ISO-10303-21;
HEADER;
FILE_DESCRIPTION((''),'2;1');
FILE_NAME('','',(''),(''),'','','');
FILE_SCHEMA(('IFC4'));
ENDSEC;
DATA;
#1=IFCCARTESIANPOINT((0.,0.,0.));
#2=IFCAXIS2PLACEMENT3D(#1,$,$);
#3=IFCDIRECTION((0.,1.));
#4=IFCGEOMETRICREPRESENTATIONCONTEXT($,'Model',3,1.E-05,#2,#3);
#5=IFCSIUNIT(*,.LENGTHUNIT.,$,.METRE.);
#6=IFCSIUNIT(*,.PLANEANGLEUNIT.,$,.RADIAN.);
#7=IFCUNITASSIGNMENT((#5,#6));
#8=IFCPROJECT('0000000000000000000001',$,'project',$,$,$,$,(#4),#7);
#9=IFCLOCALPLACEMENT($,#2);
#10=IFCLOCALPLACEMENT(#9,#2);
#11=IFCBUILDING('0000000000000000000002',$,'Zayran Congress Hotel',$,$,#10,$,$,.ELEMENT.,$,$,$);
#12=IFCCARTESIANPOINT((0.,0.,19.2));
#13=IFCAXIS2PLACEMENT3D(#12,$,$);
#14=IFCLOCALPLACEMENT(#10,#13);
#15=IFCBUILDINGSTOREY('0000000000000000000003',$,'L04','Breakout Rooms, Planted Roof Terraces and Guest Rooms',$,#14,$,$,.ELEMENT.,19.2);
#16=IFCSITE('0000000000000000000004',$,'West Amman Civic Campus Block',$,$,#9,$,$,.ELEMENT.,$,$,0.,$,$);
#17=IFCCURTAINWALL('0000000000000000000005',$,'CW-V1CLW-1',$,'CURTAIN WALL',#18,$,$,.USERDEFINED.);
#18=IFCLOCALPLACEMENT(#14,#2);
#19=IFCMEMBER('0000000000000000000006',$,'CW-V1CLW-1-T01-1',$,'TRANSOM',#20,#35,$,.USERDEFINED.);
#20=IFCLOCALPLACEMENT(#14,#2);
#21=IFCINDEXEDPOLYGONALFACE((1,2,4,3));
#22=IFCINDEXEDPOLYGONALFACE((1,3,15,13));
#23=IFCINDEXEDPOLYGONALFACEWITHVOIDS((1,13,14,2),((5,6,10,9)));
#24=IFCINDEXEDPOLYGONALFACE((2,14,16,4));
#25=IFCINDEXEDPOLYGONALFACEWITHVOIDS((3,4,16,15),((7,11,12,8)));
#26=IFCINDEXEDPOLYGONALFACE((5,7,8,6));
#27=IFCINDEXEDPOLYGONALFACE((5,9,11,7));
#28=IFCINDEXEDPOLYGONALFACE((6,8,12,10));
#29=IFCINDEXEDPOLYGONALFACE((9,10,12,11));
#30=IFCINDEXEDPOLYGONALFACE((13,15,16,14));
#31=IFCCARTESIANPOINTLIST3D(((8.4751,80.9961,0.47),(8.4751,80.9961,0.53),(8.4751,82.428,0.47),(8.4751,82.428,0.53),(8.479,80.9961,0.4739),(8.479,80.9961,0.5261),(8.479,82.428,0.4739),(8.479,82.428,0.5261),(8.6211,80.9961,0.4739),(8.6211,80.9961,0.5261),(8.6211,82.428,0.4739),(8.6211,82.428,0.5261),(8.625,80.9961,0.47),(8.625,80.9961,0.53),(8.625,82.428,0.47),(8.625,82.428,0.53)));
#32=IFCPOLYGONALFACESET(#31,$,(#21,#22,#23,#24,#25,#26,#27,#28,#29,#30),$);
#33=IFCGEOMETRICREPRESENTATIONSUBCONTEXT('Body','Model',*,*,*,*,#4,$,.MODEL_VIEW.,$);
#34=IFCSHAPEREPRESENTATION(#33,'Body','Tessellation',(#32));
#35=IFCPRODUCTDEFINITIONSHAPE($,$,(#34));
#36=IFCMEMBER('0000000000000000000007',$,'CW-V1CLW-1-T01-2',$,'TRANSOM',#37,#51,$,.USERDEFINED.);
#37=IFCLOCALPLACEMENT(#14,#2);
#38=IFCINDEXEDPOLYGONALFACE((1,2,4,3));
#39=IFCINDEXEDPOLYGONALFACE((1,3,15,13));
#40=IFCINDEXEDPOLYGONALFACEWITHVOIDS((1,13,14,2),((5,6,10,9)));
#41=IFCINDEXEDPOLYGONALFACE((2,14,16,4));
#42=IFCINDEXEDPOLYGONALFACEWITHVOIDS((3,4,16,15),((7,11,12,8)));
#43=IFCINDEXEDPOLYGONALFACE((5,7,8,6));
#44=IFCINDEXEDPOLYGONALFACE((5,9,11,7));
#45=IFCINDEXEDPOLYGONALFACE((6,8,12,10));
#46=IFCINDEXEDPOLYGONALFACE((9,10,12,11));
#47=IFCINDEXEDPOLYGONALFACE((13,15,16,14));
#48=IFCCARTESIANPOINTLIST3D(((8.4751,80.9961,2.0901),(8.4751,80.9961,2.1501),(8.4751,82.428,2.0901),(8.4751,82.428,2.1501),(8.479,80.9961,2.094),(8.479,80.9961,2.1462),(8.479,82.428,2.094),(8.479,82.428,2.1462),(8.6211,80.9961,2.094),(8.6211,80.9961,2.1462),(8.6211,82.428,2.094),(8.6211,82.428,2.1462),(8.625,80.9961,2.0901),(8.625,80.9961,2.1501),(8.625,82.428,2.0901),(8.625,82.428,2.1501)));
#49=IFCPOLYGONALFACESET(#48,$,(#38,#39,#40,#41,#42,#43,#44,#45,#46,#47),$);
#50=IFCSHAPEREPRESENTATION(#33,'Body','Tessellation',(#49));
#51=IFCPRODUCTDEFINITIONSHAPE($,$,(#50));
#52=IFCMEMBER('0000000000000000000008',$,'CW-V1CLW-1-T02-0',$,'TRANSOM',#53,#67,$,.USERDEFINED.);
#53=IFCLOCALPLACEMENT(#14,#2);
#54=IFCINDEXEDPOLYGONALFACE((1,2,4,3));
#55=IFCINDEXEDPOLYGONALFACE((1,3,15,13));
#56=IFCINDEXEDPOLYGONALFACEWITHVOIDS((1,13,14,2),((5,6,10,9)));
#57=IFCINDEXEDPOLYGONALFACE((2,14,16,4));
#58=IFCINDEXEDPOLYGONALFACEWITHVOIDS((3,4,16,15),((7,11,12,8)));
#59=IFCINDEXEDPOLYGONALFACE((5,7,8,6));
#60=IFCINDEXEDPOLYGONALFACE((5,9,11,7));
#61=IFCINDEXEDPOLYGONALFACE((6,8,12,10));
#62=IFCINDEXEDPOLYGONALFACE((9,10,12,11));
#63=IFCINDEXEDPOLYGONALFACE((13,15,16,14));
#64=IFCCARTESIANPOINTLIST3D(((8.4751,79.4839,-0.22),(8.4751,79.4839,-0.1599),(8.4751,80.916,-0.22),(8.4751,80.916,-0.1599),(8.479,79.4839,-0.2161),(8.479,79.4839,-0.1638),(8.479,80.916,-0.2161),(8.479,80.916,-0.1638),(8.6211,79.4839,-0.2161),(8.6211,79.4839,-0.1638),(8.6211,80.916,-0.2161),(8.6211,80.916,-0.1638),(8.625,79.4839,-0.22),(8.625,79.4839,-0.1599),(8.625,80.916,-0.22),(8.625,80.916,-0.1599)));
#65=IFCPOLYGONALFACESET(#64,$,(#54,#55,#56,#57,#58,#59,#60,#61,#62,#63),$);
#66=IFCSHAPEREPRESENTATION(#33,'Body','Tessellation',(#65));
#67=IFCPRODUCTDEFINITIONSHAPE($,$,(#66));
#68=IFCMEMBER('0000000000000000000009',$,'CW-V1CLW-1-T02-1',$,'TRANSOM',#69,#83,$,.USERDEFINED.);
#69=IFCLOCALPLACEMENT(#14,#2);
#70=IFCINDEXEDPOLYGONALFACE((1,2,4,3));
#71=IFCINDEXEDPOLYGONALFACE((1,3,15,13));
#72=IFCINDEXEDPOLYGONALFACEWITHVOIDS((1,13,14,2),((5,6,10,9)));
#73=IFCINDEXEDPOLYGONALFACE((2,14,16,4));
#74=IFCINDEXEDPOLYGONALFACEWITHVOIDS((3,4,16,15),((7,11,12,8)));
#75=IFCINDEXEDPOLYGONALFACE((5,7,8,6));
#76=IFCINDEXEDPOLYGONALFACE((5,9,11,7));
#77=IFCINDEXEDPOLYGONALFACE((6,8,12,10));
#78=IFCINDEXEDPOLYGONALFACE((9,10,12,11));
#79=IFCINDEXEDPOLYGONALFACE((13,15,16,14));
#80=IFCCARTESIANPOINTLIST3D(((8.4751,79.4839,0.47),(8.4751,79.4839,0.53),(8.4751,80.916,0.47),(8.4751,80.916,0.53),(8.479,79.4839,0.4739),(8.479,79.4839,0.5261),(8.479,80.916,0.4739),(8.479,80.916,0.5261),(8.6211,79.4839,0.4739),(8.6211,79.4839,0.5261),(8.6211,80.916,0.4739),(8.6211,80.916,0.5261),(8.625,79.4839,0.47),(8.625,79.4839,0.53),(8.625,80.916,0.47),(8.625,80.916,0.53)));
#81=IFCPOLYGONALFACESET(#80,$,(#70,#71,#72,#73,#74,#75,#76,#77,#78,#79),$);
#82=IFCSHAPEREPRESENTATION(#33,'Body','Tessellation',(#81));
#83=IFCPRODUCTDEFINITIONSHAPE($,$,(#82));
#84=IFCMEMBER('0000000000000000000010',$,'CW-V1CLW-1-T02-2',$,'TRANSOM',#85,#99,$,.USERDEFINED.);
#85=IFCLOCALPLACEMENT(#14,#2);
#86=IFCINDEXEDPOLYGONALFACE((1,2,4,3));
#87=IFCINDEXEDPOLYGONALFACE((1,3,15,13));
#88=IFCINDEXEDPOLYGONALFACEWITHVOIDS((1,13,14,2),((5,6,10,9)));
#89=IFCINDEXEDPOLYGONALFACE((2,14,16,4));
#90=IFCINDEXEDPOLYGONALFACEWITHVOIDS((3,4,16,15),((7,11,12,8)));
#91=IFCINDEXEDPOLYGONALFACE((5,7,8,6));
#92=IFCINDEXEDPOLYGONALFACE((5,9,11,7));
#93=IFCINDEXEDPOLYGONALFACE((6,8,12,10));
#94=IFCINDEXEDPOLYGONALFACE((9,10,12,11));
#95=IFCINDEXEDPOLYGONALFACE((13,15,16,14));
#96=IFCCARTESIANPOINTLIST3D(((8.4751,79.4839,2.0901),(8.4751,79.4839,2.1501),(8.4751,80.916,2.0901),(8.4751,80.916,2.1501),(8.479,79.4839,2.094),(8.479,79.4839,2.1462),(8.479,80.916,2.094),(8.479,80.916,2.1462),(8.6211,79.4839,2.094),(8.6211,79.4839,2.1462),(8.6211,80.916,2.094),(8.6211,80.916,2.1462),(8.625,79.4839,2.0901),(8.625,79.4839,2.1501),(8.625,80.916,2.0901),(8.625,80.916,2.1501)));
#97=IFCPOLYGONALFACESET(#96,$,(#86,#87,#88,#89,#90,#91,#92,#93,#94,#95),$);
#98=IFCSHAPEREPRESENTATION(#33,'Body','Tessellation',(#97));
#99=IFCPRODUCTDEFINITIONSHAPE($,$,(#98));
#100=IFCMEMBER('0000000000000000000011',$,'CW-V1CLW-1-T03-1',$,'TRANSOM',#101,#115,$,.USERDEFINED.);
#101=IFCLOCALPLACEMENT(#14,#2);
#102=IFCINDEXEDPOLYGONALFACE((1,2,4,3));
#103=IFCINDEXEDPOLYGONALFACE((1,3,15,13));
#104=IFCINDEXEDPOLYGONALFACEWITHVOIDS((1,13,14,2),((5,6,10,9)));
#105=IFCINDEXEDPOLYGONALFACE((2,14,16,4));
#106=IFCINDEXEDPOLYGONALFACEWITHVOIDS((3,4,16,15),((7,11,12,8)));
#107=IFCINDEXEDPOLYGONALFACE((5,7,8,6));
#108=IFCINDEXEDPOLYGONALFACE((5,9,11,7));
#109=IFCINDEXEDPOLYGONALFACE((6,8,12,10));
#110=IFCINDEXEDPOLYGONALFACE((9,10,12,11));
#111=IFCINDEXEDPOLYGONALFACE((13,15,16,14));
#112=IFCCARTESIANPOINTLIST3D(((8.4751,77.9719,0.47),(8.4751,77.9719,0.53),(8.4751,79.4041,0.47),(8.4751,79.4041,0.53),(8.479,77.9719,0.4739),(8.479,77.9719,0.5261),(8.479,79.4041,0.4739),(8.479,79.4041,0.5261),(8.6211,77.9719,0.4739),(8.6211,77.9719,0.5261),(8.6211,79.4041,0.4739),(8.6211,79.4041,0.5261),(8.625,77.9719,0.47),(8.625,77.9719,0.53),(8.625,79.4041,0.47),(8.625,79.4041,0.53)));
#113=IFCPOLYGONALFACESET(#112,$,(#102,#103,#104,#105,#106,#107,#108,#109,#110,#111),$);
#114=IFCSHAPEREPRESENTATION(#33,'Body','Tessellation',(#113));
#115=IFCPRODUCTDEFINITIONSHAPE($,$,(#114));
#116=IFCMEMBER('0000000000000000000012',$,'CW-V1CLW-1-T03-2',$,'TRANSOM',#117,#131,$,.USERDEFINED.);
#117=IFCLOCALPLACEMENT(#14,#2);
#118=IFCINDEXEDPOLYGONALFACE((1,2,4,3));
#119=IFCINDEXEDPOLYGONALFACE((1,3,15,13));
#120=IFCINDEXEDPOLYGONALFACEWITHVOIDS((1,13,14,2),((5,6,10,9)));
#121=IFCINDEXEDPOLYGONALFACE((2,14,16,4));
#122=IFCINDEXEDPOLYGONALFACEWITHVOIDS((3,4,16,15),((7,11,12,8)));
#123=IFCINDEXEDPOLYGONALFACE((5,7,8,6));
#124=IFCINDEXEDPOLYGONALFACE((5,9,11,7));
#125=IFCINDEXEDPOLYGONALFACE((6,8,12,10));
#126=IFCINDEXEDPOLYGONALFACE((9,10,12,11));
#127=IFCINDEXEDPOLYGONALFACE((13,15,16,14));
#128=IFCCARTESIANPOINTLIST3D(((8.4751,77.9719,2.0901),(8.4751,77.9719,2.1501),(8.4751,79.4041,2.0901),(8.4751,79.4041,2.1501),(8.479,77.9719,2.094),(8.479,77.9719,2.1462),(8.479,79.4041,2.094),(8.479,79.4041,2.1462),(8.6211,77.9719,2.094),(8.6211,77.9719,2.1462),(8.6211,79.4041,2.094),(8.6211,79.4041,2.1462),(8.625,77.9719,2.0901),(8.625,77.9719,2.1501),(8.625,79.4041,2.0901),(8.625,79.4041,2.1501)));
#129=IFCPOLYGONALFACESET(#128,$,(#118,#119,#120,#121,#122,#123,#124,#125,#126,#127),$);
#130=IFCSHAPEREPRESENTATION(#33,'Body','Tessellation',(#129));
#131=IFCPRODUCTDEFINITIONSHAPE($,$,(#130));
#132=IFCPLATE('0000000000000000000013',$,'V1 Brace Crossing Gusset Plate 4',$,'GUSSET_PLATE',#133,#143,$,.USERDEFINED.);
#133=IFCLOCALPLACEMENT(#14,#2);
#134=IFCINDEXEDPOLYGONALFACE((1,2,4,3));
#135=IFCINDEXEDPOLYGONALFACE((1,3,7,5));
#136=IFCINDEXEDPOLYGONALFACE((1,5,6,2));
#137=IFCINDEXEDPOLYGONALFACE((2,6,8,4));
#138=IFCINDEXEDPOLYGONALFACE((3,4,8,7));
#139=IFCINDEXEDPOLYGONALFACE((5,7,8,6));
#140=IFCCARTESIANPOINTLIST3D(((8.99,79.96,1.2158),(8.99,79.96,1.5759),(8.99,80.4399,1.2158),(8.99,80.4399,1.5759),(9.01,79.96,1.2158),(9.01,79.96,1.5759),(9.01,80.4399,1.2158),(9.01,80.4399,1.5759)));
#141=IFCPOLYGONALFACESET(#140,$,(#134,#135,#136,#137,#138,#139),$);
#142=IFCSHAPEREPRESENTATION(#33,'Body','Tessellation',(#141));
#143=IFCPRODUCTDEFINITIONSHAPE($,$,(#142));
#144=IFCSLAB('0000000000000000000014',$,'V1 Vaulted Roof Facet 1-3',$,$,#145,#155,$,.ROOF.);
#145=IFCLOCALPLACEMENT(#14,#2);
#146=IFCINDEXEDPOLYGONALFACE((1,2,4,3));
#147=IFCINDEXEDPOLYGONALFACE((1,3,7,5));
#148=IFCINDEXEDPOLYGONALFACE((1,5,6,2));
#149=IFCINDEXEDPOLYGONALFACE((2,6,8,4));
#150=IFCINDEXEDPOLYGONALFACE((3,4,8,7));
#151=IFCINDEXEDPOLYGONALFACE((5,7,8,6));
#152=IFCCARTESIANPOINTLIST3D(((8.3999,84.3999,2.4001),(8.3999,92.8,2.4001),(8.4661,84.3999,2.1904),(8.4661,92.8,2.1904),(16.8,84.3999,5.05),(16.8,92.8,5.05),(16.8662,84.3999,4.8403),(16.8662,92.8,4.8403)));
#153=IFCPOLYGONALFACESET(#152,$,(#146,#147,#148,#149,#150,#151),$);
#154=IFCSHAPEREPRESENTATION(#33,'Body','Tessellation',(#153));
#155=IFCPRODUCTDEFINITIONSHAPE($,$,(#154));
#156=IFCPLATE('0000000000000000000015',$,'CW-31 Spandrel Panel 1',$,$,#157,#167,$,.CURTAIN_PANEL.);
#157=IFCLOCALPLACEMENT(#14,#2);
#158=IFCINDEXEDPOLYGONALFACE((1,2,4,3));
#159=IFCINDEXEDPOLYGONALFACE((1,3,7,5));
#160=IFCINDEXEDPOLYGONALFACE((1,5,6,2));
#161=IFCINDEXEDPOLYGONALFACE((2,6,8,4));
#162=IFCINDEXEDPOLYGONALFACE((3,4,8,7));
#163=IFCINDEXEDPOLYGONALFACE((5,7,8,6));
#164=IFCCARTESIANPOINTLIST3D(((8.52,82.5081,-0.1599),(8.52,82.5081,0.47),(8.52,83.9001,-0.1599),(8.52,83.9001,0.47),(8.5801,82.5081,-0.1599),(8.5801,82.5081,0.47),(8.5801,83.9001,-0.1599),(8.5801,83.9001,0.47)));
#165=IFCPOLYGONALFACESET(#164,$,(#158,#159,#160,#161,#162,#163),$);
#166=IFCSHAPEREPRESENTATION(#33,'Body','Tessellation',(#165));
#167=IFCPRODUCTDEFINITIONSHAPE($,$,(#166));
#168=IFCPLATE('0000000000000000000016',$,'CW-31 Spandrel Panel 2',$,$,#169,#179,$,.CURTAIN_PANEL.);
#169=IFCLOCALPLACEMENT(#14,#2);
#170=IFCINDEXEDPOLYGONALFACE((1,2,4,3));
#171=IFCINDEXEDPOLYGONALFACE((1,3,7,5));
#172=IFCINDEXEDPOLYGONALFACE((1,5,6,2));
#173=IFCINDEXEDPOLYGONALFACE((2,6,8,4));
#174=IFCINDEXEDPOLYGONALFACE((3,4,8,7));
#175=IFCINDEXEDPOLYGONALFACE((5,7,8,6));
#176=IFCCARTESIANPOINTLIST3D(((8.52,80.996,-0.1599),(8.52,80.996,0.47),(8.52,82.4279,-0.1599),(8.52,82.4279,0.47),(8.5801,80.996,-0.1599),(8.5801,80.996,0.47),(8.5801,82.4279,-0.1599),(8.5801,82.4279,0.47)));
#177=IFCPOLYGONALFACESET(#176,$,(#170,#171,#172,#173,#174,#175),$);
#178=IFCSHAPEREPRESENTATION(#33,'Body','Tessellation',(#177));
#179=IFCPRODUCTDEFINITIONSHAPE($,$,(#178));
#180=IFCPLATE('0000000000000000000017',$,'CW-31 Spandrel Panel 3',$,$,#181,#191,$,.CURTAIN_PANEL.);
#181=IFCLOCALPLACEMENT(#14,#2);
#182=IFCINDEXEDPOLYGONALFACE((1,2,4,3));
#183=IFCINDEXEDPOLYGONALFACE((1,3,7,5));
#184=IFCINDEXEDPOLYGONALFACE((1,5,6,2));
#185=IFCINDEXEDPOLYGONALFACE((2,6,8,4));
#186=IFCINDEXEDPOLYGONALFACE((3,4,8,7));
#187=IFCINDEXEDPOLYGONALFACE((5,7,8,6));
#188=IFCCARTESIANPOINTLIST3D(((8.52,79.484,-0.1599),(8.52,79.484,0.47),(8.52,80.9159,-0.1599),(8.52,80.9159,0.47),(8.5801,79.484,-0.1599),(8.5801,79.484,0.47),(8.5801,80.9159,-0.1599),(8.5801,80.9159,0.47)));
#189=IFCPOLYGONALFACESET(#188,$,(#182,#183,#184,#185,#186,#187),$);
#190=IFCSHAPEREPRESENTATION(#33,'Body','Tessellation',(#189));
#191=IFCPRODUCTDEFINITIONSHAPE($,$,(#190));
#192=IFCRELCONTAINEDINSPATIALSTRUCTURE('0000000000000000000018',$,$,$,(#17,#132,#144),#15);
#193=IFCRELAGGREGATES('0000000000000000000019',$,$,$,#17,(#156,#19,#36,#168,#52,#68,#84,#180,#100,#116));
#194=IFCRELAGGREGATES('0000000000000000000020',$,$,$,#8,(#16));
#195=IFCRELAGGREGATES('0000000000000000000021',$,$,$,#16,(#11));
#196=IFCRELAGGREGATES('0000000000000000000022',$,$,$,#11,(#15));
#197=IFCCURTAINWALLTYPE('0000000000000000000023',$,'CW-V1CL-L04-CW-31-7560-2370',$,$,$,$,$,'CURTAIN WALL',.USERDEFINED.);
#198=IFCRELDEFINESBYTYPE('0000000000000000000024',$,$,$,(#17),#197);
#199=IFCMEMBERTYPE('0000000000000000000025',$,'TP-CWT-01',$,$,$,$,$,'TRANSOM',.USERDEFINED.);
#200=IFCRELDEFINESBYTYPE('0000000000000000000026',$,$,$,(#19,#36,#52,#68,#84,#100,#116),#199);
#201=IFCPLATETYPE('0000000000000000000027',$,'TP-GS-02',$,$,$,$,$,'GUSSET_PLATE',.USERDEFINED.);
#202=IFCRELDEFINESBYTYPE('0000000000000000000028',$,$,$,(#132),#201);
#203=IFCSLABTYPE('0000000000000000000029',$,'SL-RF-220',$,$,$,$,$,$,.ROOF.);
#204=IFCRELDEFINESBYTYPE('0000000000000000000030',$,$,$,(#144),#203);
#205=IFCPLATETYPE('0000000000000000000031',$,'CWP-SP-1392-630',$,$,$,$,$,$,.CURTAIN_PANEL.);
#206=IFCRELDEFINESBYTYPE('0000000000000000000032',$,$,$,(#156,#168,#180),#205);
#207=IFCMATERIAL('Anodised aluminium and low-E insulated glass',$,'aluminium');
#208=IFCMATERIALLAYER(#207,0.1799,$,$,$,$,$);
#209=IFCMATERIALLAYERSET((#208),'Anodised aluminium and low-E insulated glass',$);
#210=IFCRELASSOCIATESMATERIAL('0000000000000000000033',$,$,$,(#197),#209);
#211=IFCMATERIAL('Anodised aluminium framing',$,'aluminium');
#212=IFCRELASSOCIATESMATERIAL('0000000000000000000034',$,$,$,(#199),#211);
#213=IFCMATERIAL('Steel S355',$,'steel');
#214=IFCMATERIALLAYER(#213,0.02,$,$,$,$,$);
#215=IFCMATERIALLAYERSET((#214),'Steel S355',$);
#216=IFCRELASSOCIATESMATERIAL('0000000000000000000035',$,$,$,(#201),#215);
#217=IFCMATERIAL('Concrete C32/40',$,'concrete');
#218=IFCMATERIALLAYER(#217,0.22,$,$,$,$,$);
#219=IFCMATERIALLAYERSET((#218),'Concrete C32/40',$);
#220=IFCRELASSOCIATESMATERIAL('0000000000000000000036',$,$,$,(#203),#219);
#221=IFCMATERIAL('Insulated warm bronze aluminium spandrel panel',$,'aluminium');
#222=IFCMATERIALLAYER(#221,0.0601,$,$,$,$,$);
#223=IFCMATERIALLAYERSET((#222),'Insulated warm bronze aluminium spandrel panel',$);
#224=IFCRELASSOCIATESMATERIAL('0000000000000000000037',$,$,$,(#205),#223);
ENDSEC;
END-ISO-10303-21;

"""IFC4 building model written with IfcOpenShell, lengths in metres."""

from ifc_helpers import new_model, si_unit, direction, frame, origin, origin_2d, place, context, subcontext, project, spatial, polyline, rectangle, hollow_rectangle, outline, extrude, material, layer, layer_set, material_profile, profile_set, type_object, element, aggregate, save


model = new_model("IFC4")

# Units and contexts
model_context = context("Model", 3, precision=1e-05, world=origin(), true_north=direction((0.0, 1.0)))
body_context = subcontext(model_context, "Body", "Model", "MODEL_VIEW")
ifc_project = project(units=[si_unit("LENGTHUNIT", "METRE"), si_unit("PLANEANGLEUNIT", "RADIAN")], contexts=[model_context])

# Site, building, storey
site_placement = place(None, origin())
site = spatial("IfcSite", under=ifc_project, at=site_placement, Name="West Amman Civic Campus Block", CompositionType="ELEMENT", RefElevation=0.0)
building_placement = place(site_placement, origin())
building = spatial("IfcBuilding", under=site, at=building_placement, Name="Zayran Congress Hotel", CompositionType="ELEMENT")
storey_placement = place(building_placement, frame((0.0, 0.0, 19.2)))
storey = spatial("IfcBuildingStorey", under=building, at=storey_placement, Name="L04", Description="Breakout Rooms, Planted Roof Terraces and Guest Rooms", CompositionType="ELEMENT", Elevation=19.2)

# Shared definitions
ifc_material_1 = material(Name="Steel S355", Category="steel")

# Curtain wall, members
ifc_material_2 = material(Name="Anodised aluminium and low-E insulated glass", Category="aluminium")
ifc_layer_1 = layer(ifc_material_2, 0.1799)
ifc_layer_set_1 = layer_set([ifc_layer_1], Name="Anodised aluminium and low-E insulated glass")
curtain_wall_type = type_object("IfcCurtainWallType", Name="CW-V1CL-L04-CW-31-7560-2370", ElementType="CURTAIN WALL", PredefinedType="USERDEFINED", material=ifc_layer_set_1)
curtain_wall_placement = place(storey_placement, origin())
curtain_wall = element("IfcCurtainWall", 1, at=curtain_wall_placement, inside=storey, type_object=curtain_wall_type, Name="CW-V1CLW-1", ObjectType="CURTAIN WALL", PredefinedType="USERDEFINED")
ifc_material_3 = material(Name="Anodised aluminium framing", Category="aluminium")
ifc_material_profile_1 = material_profile(ifc_material_3, hollow_rectangle(XDim=0.0601, YDim=0.1499, WallThickness=0.0039, at=origin_2d()), Name="RHS 150x60x4")
ifc_profile_set_1 = profile_set([ifc_material_profile_1], Name="Anodised aluminium framing")
member_type_1 = type_object("IfcMemberType", Name="TP-CWT-01", ElementType="TRANSOM", PredefinedType="USERDEFINED", material=ifc_profile_set_1)
member_1_placement = place(storey_placement, frame((8.55, 82.428, 0.5), z_axis=(0.0, -1.0, 0.0), x_axis=(0.0, 0.0, 1.0)))
member_1 = element("IfcMember", 2, at=member_1_placement, type_object=member_type_1, Name="CW-V1CLW-1-T01-1", ObjectType="TRANSOM", PredefinedType="USERDEFINED", context=body_context, shape_type="SweptSolid", body=[
    extrude(hollow_rectangle(XDim=0.0601, YDim=0.1499, WallThickness=0.0039, at=origin_2d()), origin(), (0.0, 0.0, 1.0), 1.4319),
])
member_2_placement = place(storey_placement, frame((8.55, 82.428, 2.1201), z_axis=(0.0, -1.0, 0.0), x_axis=(0.0, 0.0, 1.0)))
member_2 = element("IfcMember", 3, at=member_2_placement, type_object=member_type_1, Name="CW-V1CLW-1-T01-2", ObjectType="TRANSOM", PredefinedType="USERDEFINED", context=body_context, shape_type="SweptSolid", body=[
    extrude(hollow_rectangle(XDim=0.0601, YDim=0.1499, WallThickness=0.0039, at=origin_2d()), origin(), (0.0, 0.0, 1.0), 1.4319),
])
member_3_placement = place(storey_placement, frame((8.55, 80.916, -0.1899), z_axis=(0.0, -1.0, 0.0), x_axis=(0.0, 0.0, 1.0)))
member_3 = element("IfcMember", 4, at=member_3_placement, type_object=member_type_1, Name="CW-V1CLW-1-T02-0", ObjectType="TRANSOM", PredefinedType="USERDEFINED", context=body_context, shape_type="SweptSolid", body=[
    extrude(hollow_rectangle(XDim=0.0601, YDim=0.1499, WallThickness=0.0039, at=origin_2d()), origin(), (0.0, 0.0, 1.0), 1.4321),
])
member_4_placement = place(storey_placement, frame((8.55, 80.916, 0.5), z_axis=(0.0, -1.0, 0.0), x_axis=(0.0, 0.0, 1.0)))
member_4 = element("IfcMember", 5, at=member_4_placement, type_object=member_type_1, Name="CW-V1CLW-1-T02-1", ObjectType="TRANSOM", PredefinedType="USERDEFINED", context=body_context, shape_type="SweptSolid", body=[
    extrude(hollow_rectangle(XDim=0.0601, YDim=0.1499, WallThickness=0.0039, at=origin_2d()), origin(), (0.0, 0.0, 1.0), 1.4321),
])
member_5_placement = place(storey_placement, frame((8.55, 80.916, 2.1201), z_axis=(0.0, -1.0, 0.0), x_axis=(0.0, 0.0, 1.0)))
member_5 = element("IfcMember", 6, at=member_5_placement, type_object=member_type_1, Name="CW-V1CLW-1-T02-2", ObjectType="TRANSOM", PredefinedType="USERDEFINED", context=body_context, shape_type="SweptSolid", body=[
    extrude(hollow_rectangle(XDim=0.0601, YDim=0.1499, WallThickness=0.0039, at=origin_2d()), origin(), (0.0, 0.0, 1.0), 1.4321),
])
member_6_placement = place(storey_placement, frame((8.55, 79.4041, 0.5), z_axis=(0.0, -1.0, 0.0), x_axis=(0.0, 0.0, 1.0)))
member_6 = element("IfcMember", 7, at=member_6_placement, type_object=member_type_1, Name="CW-V1CLW-1-T03-1", ObjectType="TRANSOM", PredefinedType="USERDEFINED", context=body_context, shape_type="SweptSolid", body=[
    extrude(hollow_rectangle(XDim=0.0601, YDim=0.1499, WallThickness=0.0039, at=origin_2d()), origin(), (0.0, 0.0, 1.0), 1.4321),
])
member_7_placement = place(storey_placement, frame((8.55, 79.4041, 2.1201), z_axis=(0.0, -1.0, 0.0), x_axis=(0.0, 0.0, 1.0)))
member_7 = element("IfcMember", 8, at=member_7_placement, type_object=member_type_1, Name="CW-V1CLW-1-T03-2", ObjectType="TRANSOM", PredefinedType="USERDEFINED", context=body_context, shape_type="SweptSolid", body=[
    extrude(hollow_rectangle(XDim=0.0601, YDim=0.1499, WallThickness=0.0039, at=origin_2d()), origin(), (0.0, 0.0, 1.0), 1.4321),
])

# Plate
ifc_layer_2 = layer(ifc_material_1, 0.02)
ifc_layer_set_2 = layer_set([ifc_layer_2], Name="Steel S355")
plate_type_1 = type_object("IfcPlateType", Name="TP-GS-02", ElementType="GUSSET_PLATE", PredefinedType="USERDEFINED", material=ifc_layer_set_2)
plate_1_placement = place(storey_placement, frame((9.0, 80.2, 1.2158), z_axis=(0.0, 0.0, 1.0), x_axis=(0.0, 1.0, 0.0)))
element("IfcPlate", 9, at=plate_1_placement, inside=storey, type_object=plate_type_1, Name="V1 Brace Crossing Gusset Plate 4", ObjectType="GUSSET_PLATE", PredefinedType="USERDEFINED", context=body_context, shape_type="SweptSolid", body=[
    extrude(rectangle(XDim=0.48, YDim=0.02, at=origin_2d()), origin(), (0.0, 0.0, 1.0), 0.3601),
])

# Slab
ifc_material_4 = material(Name="Concrete C32/40", Category="concrete")
ifc_layer_3 = layer(ifc_material_4, 0.22)
ifc_layer_set_3 = layer_set([ifc_layer_3], Name="Concrete C32/40")
slab_type = type_object("IfcSlabType", Name="SL-RF-220", PredefinedType="ROOF", material=ifc_layer_set_3)
slab_placement = place(storey_placement, frame((8.3999, 84.3999, 2.4001), z_axis=(-0.300845, 0.0, 0.953673), x_axis=(0.953673, 0.0, 0.300845)))
element("IfcSlab", 10, at=slab_placement, inside=storey, type_object=slab_type, Name="V1 Vaulted Roof Facet 1-3", PredefinedType="ROOF", context=body_context, shape_type="SweptSolid", body=[
    extrude(outline(polyline([(0.0, 0.0), (8.8082, 0.0), (8.8082, 8.4001), (0.0, 8.4001), (0.0, 0.0)])), origin(), (0.0, 0.0, -1.0), 0.22),
])

# Plates
ifc_material_5 = material(Name="Insulated warm bronze aluminium spandrel panel", Category="aluminium")
ifc_layer_4 = layer(ifc_material_5, 0.0601)
ifc_layer_set_4 = layer_set([ifc_layer_4], Name="Insulated warm bronze aluminium spandrel panel")
plate_type_2 = type_object("IfcPlateType", Name="CWP-SP-1392-630", PredefinedType="CURTAIN_PANEL", material=ifc_layer_set_4)
plate_2_placement = place(storey_placement, frame((8.55, 83.2041, -0.1599), z_axis=(0.0, 0.0, 1.0), x_axis=(0.0, 1.0, 0.0)))
plate_2 = element("IfcPlate", 11, at=plate_2_placement, type_object=plate_type_2, Name="CW-31 Spandrel Panel 1", PredefinedType="CURTAIN_PANEL", context=body_context, shape_type="SweptSolid", body=[
    extrude(rectangle(XDim=1.3921, YDim=0.0601, at=origin_2d()), origin(), (0.0, 0.0, 1.0), 0.6299),
])
plate_3_placement = place(storey_placement, frame((8.55, 81.7119, -0.1599), z_axis=(0.0, 0.0, 1.0), x_axis=(0.0, 1.0, 0.0)))
plate_3 = element("IfcPlate", 12, at=plate_3_placement, type_object=plate_type_2, Name="CW-31 Spandrel Panel 2", PredefinedType="CURTAIN_PANEL", context=body_context, shape_type="SweptSolid", body=[
    extrude(rectangle(XDim=1.4319, YDim=0.0601, at=origin_2d()), origin(), (0.0, 0.0, 1.0), 0.6299),
])
plate_4_placement = place(storey_placement, frame((8.55, 80.2, -0.1599), z_axis=(0.0, 0.0, 1.0), x_axis=(0.0, 1.0, 0.0)))
plate_4 = element("IfcPlate", 13, at=plate_4_placement, type_object=plate_type_2, Name="CW-31 Spandrel Panel 3", PredefinedType="CURTAIN_PANEL", context=body_context, shape_type="SweptSolid", body=[
    extrude(rectangle(XDim=1.4319, YDim=0.0601, at=origin_2d()), origin(), (0.0, 0.0, 1.0), 0.6299),
])
aggregate(curtain_wall, [plate_2, member_1, member_2, plate_3, member_3, member_4, member_5, plate_4, member_6, member_7])

save(model, "model.ifc")
